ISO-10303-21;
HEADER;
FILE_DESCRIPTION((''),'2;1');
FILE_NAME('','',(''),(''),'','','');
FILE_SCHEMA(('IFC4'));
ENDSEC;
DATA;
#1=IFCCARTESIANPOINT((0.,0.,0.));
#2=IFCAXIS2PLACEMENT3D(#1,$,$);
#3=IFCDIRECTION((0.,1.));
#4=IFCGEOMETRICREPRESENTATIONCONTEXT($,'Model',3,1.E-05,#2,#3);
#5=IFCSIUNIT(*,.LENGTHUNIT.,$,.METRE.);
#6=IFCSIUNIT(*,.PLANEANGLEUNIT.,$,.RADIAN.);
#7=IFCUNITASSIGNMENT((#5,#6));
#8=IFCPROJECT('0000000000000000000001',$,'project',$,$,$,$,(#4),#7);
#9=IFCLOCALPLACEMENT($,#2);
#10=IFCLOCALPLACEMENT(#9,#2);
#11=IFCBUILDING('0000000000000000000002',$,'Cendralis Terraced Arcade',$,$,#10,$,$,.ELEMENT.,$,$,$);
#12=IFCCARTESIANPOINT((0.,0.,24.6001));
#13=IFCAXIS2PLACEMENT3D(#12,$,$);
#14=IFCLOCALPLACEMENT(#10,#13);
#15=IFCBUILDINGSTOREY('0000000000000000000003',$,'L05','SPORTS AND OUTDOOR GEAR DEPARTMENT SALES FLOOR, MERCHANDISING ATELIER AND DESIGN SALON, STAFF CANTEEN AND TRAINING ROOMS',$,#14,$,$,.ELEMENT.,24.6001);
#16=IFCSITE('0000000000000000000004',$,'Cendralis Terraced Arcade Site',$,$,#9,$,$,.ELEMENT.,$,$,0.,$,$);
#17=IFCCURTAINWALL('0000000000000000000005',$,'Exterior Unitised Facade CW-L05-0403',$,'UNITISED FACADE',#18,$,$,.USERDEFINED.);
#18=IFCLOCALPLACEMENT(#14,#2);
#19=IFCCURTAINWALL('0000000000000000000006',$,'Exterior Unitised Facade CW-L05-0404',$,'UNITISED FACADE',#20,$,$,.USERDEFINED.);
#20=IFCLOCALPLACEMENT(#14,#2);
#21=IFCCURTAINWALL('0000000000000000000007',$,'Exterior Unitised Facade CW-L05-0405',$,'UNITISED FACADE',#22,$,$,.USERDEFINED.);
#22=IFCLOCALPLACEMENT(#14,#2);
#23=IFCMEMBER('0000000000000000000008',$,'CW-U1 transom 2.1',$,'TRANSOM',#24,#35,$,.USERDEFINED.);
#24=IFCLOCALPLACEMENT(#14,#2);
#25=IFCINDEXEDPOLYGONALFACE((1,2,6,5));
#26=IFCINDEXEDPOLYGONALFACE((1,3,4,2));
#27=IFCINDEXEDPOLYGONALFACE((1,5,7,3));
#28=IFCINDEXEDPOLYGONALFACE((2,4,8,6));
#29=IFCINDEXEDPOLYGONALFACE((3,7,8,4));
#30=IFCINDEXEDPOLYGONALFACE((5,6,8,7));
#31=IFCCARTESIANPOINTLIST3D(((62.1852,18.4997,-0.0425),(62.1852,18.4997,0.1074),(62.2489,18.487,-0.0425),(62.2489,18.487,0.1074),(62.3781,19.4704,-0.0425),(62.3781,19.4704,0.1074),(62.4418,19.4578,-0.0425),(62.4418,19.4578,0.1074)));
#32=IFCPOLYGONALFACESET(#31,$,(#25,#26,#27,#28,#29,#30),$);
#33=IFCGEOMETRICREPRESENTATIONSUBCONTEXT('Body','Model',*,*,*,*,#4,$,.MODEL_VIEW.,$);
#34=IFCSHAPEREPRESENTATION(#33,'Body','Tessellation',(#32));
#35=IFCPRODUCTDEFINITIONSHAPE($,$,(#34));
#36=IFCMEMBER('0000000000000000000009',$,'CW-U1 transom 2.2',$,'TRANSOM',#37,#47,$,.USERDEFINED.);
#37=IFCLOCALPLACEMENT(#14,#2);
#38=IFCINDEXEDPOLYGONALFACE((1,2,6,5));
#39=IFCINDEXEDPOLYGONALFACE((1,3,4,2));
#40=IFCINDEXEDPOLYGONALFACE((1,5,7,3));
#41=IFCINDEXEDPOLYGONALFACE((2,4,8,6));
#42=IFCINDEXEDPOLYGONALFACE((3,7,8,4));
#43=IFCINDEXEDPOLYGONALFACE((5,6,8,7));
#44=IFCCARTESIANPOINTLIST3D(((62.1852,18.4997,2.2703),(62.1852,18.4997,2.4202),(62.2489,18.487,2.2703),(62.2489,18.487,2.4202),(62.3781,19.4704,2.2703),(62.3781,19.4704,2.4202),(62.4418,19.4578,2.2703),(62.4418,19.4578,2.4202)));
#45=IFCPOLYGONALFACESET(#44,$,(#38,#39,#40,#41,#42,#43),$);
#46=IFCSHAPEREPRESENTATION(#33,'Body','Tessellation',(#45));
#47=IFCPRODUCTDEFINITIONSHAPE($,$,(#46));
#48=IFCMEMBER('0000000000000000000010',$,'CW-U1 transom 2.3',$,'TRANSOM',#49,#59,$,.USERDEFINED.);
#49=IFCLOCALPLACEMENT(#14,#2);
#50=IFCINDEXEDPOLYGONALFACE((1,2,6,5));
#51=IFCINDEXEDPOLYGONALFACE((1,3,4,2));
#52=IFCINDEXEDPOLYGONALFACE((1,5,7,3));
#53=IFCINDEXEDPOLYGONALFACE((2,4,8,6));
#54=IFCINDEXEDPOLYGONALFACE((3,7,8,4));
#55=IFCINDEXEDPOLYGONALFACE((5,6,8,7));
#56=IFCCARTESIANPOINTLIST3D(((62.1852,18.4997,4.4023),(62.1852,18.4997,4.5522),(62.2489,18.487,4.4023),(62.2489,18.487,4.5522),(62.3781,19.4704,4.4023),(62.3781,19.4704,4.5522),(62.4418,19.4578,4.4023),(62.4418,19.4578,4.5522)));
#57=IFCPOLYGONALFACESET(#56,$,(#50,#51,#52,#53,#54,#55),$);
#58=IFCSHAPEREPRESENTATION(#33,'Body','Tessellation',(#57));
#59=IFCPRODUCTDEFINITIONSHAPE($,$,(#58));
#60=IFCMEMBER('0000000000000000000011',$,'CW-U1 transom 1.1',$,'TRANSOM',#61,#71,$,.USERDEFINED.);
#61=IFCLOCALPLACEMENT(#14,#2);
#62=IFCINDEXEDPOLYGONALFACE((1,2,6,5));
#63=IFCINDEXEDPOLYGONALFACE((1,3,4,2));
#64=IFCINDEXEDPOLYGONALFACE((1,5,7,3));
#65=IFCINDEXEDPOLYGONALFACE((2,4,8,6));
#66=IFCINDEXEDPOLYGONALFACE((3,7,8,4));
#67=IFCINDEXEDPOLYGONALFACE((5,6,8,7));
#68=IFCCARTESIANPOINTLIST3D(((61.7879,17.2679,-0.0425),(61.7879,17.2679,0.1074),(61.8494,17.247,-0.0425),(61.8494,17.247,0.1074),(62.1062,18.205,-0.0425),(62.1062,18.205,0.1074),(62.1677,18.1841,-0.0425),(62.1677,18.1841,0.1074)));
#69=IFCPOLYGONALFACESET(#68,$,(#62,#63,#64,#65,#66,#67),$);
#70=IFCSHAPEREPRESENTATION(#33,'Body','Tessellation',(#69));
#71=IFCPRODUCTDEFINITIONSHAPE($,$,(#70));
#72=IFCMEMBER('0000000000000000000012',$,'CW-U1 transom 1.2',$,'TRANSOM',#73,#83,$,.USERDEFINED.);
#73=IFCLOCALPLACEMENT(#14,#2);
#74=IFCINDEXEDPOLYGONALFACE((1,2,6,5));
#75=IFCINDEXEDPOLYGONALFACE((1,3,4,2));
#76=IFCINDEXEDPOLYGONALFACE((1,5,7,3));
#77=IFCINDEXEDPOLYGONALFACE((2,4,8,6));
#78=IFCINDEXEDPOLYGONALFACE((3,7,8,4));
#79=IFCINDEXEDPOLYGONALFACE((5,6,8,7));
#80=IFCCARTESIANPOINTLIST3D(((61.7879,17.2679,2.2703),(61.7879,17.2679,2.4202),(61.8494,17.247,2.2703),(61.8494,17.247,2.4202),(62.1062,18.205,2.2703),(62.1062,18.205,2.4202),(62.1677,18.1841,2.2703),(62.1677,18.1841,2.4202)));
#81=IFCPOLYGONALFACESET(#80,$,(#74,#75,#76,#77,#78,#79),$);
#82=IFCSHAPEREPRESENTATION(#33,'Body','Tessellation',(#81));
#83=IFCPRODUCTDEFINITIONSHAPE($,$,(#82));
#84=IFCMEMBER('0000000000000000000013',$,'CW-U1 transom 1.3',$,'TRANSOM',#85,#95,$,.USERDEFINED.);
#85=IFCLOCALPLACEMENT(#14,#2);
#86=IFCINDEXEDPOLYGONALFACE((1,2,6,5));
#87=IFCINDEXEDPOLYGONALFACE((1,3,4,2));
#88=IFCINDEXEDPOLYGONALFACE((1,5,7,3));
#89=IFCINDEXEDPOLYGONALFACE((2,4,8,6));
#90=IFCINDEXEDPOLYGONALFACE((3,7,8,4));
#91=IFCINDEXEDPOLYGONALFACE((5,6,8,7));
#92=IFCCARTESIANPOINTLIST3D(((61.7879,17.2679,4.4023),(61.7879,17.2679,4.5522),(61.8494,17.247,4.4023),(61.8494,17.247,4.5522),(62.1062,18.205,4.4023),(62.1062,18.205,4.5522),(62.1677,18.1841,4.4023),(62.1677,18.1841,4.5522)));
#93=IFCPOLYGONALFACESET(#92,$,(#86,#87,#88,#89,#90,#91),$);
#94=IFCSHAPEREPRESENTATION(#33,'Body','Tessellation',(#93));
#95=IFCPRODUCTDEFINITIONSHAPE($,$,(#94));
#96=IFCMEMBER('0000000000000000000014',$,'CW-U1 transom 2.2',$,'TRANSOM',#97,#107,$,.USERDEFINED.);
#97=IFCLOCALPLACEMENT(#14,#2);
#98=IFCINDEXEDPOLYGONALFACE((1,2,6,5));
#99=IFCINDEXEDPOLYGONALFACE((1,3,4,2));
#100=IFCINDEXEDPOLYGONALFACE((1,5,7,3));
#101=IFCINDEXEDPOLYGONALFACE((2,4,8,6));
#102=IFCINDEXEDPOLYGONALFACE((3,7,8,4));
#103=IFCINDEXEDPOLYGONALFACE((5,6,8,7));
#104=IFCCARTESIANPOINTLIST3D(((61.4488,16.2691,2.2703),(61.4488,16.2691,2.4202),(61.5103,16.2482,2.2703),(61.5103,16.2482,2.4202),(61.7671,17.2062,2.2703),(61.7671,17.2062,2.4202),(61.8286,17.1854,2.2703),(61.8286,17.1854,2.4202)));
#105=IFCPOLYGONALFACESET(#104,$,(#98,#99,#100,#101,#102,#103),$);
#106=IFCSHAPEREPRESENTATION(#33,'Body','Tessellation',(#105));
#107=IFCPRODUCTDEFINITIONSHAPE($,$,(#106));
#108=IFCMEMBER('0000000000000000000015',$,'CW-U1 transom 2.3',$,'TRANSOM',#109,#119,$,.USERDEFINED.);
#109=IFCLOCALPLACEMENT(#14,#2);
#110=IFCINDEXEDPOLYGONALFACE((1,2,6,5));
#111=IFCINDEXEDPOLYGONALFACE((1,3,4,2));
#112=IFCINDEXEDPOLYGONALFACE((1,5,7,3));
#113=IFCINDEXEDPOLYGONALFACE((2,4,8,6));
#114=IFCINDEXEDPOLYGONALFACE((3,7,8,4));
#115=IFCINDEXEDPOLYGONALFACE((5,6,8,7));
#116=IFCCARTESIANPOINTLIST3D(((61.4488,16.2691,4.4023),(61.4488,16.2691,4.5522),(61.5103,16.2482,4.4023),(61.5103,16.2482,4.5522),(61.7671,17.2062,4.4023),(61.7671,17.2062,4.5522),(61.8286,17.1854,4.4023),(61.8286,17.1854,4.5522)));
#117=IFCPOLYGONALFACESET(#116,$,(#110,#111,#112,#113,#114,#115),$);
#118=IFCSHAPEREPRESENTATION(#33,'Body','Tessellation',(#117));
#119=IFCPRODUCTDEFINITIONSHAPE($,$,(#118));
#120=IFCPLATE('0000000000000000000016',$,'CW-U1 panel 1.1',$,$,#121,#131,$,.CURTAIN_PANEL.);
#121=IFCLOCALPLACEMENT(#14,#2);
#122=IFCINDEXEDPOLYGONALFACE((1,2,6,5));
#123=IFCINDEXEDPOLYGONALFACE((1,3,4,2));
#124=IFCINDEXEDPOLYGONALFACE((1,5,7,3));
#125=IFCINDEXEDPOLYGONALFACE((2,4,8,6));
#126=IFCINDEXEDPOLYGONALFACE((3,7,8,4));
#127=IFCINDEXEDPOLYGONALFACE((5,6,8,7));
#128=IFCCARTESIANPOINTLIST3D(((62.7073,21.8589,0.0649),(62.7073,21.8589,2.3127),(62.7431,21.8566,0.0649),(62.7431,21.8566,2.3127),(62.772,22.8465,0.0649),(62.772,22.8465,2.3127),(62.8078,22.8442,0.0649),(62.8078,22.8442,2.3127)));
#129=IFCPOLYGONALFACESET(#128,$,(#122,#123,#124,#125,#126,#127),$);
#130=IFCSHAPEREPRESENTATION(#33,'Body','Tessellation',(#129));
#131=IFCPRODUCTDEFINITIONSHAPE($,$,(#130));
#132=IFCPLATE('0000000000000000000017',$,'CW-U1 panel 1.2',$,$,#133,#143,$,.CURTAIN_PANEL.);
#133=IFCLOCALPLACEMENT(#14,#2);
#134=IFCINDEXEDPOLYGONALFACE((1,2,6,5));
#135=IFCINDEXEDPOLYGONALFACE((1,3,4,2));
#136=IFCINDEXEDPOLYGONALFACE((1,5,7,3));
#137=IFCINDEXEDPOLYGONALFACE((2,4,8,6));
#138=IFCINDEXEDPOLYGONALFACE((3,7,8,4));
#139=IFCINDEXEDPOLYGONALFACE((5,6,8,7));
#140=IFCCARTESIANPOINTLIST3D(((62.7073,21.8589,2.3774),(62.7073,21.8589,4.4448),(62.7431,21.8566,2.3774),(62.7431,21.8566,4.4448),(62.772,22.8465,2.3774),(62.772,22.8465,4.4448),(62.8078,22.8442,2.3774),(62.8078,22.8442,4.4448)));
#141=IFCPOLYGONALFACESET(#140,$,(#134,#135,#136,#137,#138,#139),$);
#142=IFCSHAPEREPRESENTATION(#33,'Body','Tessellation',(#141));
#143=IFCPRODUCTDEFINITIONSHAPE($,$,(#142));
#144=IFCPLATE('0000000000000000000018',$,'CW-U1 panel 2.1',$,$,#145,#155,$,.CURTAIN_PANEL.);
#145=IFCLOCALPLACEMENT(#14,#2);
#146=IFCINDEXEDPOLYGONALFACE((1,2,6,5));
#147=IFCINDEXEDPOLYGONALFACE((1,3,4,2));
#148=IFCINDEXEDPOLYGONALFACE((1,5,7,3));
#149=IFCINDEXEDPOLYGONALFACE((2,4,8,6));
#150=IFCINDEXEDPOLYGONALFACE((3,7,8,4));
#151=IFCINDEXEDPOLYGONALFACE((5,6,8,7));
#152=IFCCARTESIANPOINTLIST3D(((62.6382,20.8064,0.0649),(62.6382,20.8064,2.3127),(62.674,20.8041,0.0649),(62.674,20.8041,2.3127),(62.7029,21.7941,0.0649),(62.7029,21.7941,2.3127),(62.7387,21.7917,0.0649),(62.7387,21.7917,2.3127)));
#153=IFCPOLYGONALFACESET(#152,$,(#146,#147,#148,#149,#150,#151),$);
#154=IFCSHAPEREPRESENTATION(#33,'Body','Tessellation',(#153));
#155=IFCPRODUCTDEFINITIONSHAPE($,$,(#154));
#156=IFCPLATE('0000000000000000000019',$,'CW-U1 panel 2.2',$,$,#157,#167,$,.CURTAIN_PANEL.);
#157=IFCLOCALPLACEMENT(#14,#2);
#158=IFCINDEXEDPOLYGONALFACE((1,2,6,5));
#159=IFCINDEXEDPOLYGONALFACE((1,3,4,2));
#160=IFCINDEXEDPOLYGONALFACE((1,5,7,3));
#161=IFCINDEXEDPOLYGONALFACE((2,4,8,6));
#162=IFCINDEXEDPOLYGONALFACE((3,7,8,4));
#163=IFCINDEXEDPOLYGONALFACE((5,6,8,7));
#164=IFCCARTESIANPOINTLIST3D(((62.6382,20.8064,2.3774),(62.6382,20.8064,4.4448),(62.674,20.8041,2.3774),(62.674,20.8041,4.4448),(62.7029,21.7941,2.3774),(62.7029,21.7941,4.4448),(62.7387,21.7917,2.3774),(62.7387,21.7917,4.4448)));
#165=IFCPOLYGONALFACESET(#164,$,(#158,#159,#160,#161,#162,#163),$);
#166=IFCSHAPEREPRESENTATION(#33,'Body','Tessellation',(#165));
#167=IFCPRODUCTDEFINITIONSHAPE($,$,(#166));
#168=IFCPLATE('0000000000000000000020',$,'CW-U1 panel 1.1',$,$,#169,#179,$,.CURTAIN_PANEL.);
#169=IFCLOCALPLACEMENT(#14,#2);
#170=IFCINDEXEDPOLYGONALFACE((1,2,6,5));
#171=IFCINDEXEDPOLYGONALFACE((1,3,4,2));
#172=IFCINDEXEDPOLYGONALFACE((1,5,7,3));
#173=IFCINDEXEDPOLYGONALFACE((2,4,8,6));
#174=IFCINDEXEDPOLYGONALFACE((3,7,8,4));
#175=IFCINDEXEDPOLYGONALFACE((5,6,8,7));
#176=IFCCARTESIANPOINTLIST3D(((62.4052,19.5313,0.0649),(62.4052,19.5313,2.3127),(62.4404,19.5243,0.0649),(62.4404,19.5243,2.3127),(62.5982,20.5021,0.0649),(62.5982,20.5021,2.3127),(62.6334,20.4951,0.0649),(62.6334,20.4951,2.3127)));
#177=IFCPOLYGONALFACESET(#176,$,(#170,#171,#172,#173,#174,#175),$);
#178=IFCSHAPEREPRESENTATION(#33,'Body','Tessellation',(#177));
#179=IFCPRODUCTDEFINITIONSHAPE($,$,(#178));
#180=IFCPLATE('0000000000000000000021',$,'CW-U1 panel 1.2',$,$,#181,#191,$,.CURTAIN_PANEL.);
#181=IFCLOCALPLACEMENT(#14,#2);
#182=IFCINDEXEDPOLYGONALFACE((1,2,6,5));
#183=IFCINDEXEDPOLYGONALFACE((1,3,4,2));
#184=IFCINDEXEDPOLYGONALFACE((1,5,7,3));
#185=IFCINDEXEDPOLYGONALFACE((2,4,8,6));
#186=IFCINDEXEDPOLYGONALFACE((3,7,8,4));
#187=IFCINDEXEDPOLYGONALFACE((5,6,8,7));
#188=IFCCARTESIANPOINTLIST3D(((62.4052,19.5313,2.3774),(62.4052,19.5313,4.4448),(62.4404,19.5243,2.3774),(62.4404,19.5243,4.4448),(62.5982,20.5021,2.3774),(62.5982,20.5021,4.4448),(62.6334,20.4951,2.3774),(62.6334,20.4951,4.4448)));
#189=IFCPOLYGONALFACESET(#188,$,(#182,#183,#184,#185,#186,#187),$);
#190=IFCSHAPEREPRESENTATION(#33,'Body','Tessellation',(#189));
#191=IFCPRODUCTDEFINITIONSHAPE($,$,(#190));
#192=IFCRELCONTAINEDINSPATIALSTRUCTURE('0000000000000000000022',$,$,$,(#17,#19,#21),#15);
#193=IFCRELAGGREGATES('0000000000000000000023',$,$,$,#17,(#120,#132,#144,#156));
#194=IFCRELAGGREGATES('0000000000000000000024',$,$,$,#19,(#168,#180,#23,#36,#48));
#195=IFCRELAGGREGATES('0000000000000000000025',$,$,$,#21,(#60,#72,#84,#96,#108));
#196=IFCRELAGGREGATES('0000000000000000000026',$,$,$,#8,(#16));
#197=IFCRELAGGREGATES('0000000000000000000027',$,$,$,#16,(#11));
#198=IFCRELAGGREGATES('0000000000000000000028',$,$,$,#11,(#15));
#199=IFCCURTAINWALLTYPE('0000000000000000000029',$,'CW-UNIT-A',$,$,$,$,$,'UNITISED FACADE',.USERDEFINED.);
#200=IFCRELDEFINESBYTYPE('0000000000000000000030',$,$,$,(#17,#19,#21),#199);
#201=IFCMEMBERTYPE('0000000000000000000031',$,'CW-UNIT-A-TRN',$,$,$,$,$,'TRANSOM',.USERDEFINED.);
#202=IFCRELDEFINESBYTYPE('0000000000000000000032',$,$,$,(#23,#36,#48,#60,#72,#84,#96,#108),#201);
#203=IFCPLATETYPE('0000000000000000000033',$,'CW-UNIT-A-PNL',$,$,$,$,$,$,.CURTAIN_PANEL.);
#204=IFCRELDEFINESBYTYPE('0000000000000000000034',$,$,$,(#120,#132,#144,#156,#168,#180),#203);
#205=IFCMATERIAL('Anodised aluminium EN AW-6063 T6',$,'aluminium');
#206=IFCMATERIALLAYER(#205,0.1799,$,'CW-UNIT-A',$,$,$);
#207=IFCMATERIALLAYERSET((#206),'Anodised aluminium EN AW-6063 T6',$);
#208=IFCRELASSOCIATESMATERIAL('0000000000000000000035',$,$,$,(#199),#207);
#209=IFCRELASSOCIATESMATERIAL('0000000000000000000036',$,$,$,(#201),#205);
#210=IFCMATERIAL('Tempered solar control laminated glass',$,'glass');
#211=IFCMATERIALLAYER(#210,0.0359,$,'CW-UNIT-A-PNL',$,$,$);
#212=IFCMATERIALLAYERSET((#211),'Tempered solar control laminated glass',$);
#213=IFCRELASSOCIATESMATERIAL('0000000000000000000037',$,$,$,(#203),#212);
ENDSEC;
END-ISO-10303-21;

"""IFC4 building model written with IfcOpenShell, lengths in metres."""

from ifc_helpers import new_model, si_unit, direction, frame, origin, origin_2d, place, context, subcontext, project, spatial, rectangle, extrude, material, layer, layer_set, material_profile, profile_set, type_object, element, aggregate, save


model = new_model("IFC4")

# Units and contexts
model_context = context("Model", 3, precision=1e-05, world=origin(), true_north=direction((0.0, 1.0)))
body_context = subcontext(model_context, "Body", "Model", "MODEL_VIEW")
ifc_project = project(units=[si_unit("LENGTHUNIT", "METRE"), si_unit("PLANEANGLEUNIT", "RADIAN")], contexts=[model_context])

# Site, building, storey
site_placement = place(None, origin())
site = spatial("IfcSite", under=ifc_project, at=site_placement, Name="Cendralis Terraced Arcade Site", CompositionType="ELEMENT", RefElevation=0.0)
building_placement = place(site_placement, origin())
building = spatial("IfcBuilding", under=site, at=building_placement, Name="Cendralis Terraced Arcade", CompositionType="ELEMENT")
storey_placement = place(building_placement, frame((0.0, 0.0, 24.6001)))
storey = spatial("IfcBuildingStorey", under=building, at=storey_placement, Name="L05", Description="SPORTS AND OUTDOOR GEAR DEPARTMENT SALES FLOOR, MERCHANDISING ATELIER AND DESIGN SALON, STAFF CANTEEN AND TRAINING ROOMS", CompositionType="ELEMENT", Elevation=24.6001)

# Curtain walls
ifc_material_1 = material(Name="Anodised aluminium EN AW-6063 T6", Category="aluminium")
ifc_layer_1 = layer(ifc_material_1, 0.1799, Name="CW-UNIT-A")
ifc_layer_set_1 = layer_set([ifc_layer_1], Name="Anodised aluminium EN AW-6063 T6")
curtain_wall_type = type_object("IfcCurtainWallType", Name="CW-UNIT-A", ElementType="UNITISED FACADE", PredefinedType="USERDEFINED", material=ifc_layer_set_1)
curtain_wall_1_placement = place(storey_placement, origin())
curtain_wall_1 = element("IfcCurtainWall", 1, at=curtain_wall_1_placement, inside=storey, type_object=curtain_wall_type, Name="Exterior Unitised Facade CW-L05-0403", ObjectType="UNITISED FACADE", PredefinedType="USERDEFINED")
curtain_wall_2_placement = place(storey_placement, origin())
curtain_wall_2 = element("IfcCurtainWall", 2, at=curtain_wall_2_placement, inside=storey, type_object=curtain_wall_type, Name="Exterior Unitised Facade CW-L05-0404", ObjectType="UNITISED FACADE", PredefinedType="USERDEFINED")
curtain_wall_3_placement = place(storey_placement, origin())
curtain_wall_3 = element("IfcCurtainWall", 3, at=curtain_wall_3_placement, inside=storey, type_object=curtain_wall_type, Name="Exterior Unitised Facade CW-L05-0405", ObjectType="UNITISED FACADE", PredefinedType="USERDEFINED")

# Members
ifc_material_profile_1 = material_profile(ifc_material_1, rectangle(XDim=0.0649, YDim=0.1499, at=origin_2d()), Name="ALU-TRN-65x150")
ifc_profile_set_1 = profile_set([ifc_material_profile_1], Name="Anodised aluminium EN AW-6063 T6")
member_type_1 = type_object("IfcMemberType", Name="CW-UNIT-A-TRN", ElementType="TRANSOM", PredefinedType="USERDEFINED", material=ifc_profile_set_1)
member_1_placement = place(storey_placement, frame((62.4099, 19.4641, 0.0325), z_axis=(-0.194883, -0.980827, 0.0), x_axis=(0.980827, -0.194883, 0.0)))
member_1 = element("IfcMember", 4, at=member_1_placement, type_object=member_type_1, Name="CW-U1 transom 2.1", ObjectType="TRANSOM", PredefinedType="USERDEFINED", context=body_context, shape_type="SweptSolid", body=[
    extrude(rectangle(XDim=0.0649, YDim=0.1499, at=origin_2d()), origin(), (0.0, 0.0, 1.0), 0.9897),
])
member_2_placement = place(storey_placement, frame((62.4099, 19.4641, 2.3452), z_axis=(-0.194883, -0.980827, 0.0), x_axis=(0.980827, -0.194883, 0.0)))
member_2 = element("IfcMember", 5, at=member_2_placement, type_object=member_type_1, Name="CW-U1 transom 2.2", ObjectType="TRANSOM", PredefinedType="USERDEFINED", context=body_context, shape_type="SweptSolid", body=[
    extrude(rectangle(XDim=0.0649, YDim=0.1499, at=origin_2d()), origin(), (0.0, 0.0, 1.0), 0.9897),
])
member_3_placement = place(storey_placement, frame((62.4099, 19.4641, 4.4773), z_axis=(-0.194883, -0.980827, 0.0), x_axis=(0.980827, -0.194883, 0.0)))
member_3 = element("IfcMember", 6, at=member_3_placement, type_object=member_type_1, Name="CW-U1 transom 2.3", ObjectType="TRANSOM", PredefinedType="USERDEFINED", context=body_context, shape_type="SweptSolid", body=[
    extrude(rectangle(XDim=0.0649, YDim=0.1499, at=origin_2d()), origin(), (0.0, 0.0, 1.0), 0.9897),
])
member_4_placement = place(storey_placement, frame((62.137, 18.1946, 0.0325), z_axis=(-0.321624, -0.946867, 0.0), x_axis=(0.946867, -0.321624, 0.0)))
member_4 = element("IfcMember", 7, at=member_4_placement, type_object=member_type_1, Name="CW-U1 transom 1.1", ObjectType="TRANSOM", PredefinedType="USERDEFINED", context=body_context, shape_type="SweptSolid", body=[
    extrude(rectangle(XDim=0.0649, YDim=0.1499, at=origin_2d()), origin(), (0.0, 0.0, 1.0), 0.9897),
])
member_5_placement = place(storey_placement, frame((62.137, 18.1946, 2.3452), z_axis=(-0.321624, -0.946867, 0.0), x_axis=(0.946867, -0.321624, 0.0)))
member_5 = element("IfcMember", 8, at=member_5_placement, type_object=member_type_1, Name="CW-U1 transom 1.2", ObjectType="TRANSOM", PredefinedType="USERDEFINED", context=body_context, shape_type="SweptSolid", body=[
    extrude(rectangle(XDim=0.0649, YDim=0.1499, at=origin_2d()), origin(), (0.0, 0.0, 1.0), 0.9897),
])
member_6_placement = place(storey_placement, frame((62.137, 18.1946, 4.4773), z_axis=(-0.321624, -0.946867, 0.0), x_axis=(0.946867, -0.321624, 0.0)))
member_6 = element("IfcMember", 9, at=member_6_placement, type_object=member_type_1, Name="CW-U1 transom 1.3", ObjectType="TRANSOM", PredefinedType="USERDEFINED", context=body_context, shape_type="SweptSolid", body=[
    extrude(rectangle(XDim=0.0649, YDim=0.1499, at=origin_2d()), origin(), (0.0, 0.0, 1.0), 0.9897),
])
member_7_placement = place(storey_placement, frame((61.7979, 17.1958, 2.3452), z_axis=(-0.321624, -0.946867, 0.0), x_axis=(0.946867, -0.321624, 0.0)))
member_7 = element("IfcMember", 10, at=member_7_placement, type_object=member_type_1, Name="CW-U1 transom 2.2", ObjectType="TRANSOM", PredefinedType="USERDEFINED", context=body_context, shape_type="SweptSolid", body=[
    extrude(rectangle(XDim=0.0649, YDim=0.1499, at=origin_2d()), origin(), (0.0, 0.0, 1.0), 0.9897),
])
member_8_placement = place(storey_placement, frame((61.7979, 17.1958, 4.4773), z_axis=(-0.321624, -0.946867, 0.0), x_axis=(0.946867, -0.321624, 0.0)))
member_8 = element("IfcMember", 11, at=member_8_placement, type_object=member_type_1, Name="CW-U1 transom 2.3", ObjectType="TRANSOM", PredefinedType="USERDEFINED", context=body_context, shape_type="SweptSolid", body=[
    extrude(rectangle(XDim=0.0649, YDim=0.1499, at=origin_2d()), origin(), (0.0, 0.0, 1.0), 0.9897),
])

# Plates
ifc_material_2 = material(Name="Tempered solar control laminated glass", Category="glass")
ifc_layer_2 = layer(ifc_material_2, 0.0359, Name="CW-UNIT-A-PNL")
ifc_layer_set_2 = layer_set([ifc_layer_2], Name="Tempered solar control laminated glass")
plate_type = type_object("IfcPlateType", Name="CW-UNIT-A-PNL", PredefinedType="CURTAIN_PANEL", material=ifc_layer_set_2)
plate_1_placement = place(storey_placement, frame((62.7576, 22.3516, 0.0649), z_axis=(0.0, 0.0, 1.0), x_axis=(-0.065393, -0.99786, 0.0)))
plate_1 = element("IfcPlate", 12, at=plate_1_placement, type_object=plate_type, Name="CW-U1 panel 1.1", PredefinedType="CURTAIN_PANEL", context=body_context, shape_type="SweptSolid", body=[
    extrude(rectangle(XDim=0.9897, YDim=0.0359, at=origin_2d()), origin(), (0.0, 0.0, 1.0), 2.2478),
])
plate_2_placement = place(storey_placement, frame((62.7576, 22.3516, 2.3774), z_axis=(0.0, 0.0, 1.0), x_axis=(-0.065393, -0.99786, 0.0)))
plate_2 = element("IfcPlate", 13, at=plate_2_placement, type_object=plate_type, Name="CW-U1 panel 1.2", PredefinedType="CURTAIN_PANEL", context=body_context, shape_type="SweptSolid", body=[
    extrude(rectangle(XDim=0.9897, YDim=0.0359, at=origin_2d()), origin(), (0.0, 0.0, 1.0), 2.0674),
])
plate_3_placement = place(storey_placement, frame((62.6885, 21.2991, 0.0649), z_axis=(0.0, 0.0, 1.0), x_axis=(-0.065393, -0.99786, 0.0)))
plate_3 = element("IfcPlate", 14, at=plate_3_placement, type_object=plate_type, Name="CW-U1 panel 2.1", PredefinedType="CURTAIN_PANEL", context=body_context, shape_type="SweptSolid", body=[
    extrude(rectangle(XDim=0.9897, YDim=0.0359, at=origin_2d()), origin(), (0.0, 0.0, 1.0), 2.2478),
])
plate_4_placement = place(storey_placement, frame((62.6885, 21.2991, 2.3774), z_axis=(0.0, 0.0, 1.0), x_axis=(-0.065393, -0.99786, 0.0)))
plate_4 = element("IfcPlate", 15, at=plate_4_placement, type_object=plate_type, Name="CW-U1 panel 2.2", PredefinedType="CURTAIN_PANEL", context=body_context, shape_type="SweptSolid", body=[
    extrude(rectangle(XDim=0.9897, YDim=0.0359, at=origin_2d()), origin(), (0.0, 0.0, 1.0), 2.0674),
])
aggregate(curtain_wall_1, [plate_1, plate_2, plate_3, plate_4])
plate_5_placement = place(storey_placement, frame((62.5193, 20.0132, 0.0649), z_axis=(0.0, 0.0, 1.0), x_axis=(-0.195046, -0.980794, 0.0)))
plate_5 = element("IfcPlate", 16, at=plate_5_placement, type_object=plate_type, Name="CW-U1 panel 1.1", PredefinedType="CURTAIN_PANEL", context=body_context, shape_type="SweptSolid", body=[
    extrude(rectangle(XDim=0.9897, YDim=0.0359, at=origin_2d()), origin(), (0.0, 0.0, 1.0), 2.2478),
])
plate_6_placement = place(storey_placement, frame((62.5193, 20.0132, 2.3774), z_axis=(0.0, 0.0, 1.0), x_axis=(-0.195046, -0.980794, 0.0)))
plate_6 = element("IfcPlate", 17, at=plate_6_placement, type_object=plate_type, Name="CW-U1 panel 1.2", PredefinedType="CURTAIN_PANEL", context=body_context, shape_type="SweptSolid", body=[
    extrude(rectangle(XDim=0.9897, YDim=0.0359, at=origin_2d()), origin(), (0.0, 0.0, 1.0), 2.0674),
])
aggregate(curtain_wall_2, [plate_5, plate_6, member_1, member_2, member_3])
aggregate(curtain_wall_3, [member_4, member_5, member_6, member_7, member_8])

save(model, "model.ifc")
